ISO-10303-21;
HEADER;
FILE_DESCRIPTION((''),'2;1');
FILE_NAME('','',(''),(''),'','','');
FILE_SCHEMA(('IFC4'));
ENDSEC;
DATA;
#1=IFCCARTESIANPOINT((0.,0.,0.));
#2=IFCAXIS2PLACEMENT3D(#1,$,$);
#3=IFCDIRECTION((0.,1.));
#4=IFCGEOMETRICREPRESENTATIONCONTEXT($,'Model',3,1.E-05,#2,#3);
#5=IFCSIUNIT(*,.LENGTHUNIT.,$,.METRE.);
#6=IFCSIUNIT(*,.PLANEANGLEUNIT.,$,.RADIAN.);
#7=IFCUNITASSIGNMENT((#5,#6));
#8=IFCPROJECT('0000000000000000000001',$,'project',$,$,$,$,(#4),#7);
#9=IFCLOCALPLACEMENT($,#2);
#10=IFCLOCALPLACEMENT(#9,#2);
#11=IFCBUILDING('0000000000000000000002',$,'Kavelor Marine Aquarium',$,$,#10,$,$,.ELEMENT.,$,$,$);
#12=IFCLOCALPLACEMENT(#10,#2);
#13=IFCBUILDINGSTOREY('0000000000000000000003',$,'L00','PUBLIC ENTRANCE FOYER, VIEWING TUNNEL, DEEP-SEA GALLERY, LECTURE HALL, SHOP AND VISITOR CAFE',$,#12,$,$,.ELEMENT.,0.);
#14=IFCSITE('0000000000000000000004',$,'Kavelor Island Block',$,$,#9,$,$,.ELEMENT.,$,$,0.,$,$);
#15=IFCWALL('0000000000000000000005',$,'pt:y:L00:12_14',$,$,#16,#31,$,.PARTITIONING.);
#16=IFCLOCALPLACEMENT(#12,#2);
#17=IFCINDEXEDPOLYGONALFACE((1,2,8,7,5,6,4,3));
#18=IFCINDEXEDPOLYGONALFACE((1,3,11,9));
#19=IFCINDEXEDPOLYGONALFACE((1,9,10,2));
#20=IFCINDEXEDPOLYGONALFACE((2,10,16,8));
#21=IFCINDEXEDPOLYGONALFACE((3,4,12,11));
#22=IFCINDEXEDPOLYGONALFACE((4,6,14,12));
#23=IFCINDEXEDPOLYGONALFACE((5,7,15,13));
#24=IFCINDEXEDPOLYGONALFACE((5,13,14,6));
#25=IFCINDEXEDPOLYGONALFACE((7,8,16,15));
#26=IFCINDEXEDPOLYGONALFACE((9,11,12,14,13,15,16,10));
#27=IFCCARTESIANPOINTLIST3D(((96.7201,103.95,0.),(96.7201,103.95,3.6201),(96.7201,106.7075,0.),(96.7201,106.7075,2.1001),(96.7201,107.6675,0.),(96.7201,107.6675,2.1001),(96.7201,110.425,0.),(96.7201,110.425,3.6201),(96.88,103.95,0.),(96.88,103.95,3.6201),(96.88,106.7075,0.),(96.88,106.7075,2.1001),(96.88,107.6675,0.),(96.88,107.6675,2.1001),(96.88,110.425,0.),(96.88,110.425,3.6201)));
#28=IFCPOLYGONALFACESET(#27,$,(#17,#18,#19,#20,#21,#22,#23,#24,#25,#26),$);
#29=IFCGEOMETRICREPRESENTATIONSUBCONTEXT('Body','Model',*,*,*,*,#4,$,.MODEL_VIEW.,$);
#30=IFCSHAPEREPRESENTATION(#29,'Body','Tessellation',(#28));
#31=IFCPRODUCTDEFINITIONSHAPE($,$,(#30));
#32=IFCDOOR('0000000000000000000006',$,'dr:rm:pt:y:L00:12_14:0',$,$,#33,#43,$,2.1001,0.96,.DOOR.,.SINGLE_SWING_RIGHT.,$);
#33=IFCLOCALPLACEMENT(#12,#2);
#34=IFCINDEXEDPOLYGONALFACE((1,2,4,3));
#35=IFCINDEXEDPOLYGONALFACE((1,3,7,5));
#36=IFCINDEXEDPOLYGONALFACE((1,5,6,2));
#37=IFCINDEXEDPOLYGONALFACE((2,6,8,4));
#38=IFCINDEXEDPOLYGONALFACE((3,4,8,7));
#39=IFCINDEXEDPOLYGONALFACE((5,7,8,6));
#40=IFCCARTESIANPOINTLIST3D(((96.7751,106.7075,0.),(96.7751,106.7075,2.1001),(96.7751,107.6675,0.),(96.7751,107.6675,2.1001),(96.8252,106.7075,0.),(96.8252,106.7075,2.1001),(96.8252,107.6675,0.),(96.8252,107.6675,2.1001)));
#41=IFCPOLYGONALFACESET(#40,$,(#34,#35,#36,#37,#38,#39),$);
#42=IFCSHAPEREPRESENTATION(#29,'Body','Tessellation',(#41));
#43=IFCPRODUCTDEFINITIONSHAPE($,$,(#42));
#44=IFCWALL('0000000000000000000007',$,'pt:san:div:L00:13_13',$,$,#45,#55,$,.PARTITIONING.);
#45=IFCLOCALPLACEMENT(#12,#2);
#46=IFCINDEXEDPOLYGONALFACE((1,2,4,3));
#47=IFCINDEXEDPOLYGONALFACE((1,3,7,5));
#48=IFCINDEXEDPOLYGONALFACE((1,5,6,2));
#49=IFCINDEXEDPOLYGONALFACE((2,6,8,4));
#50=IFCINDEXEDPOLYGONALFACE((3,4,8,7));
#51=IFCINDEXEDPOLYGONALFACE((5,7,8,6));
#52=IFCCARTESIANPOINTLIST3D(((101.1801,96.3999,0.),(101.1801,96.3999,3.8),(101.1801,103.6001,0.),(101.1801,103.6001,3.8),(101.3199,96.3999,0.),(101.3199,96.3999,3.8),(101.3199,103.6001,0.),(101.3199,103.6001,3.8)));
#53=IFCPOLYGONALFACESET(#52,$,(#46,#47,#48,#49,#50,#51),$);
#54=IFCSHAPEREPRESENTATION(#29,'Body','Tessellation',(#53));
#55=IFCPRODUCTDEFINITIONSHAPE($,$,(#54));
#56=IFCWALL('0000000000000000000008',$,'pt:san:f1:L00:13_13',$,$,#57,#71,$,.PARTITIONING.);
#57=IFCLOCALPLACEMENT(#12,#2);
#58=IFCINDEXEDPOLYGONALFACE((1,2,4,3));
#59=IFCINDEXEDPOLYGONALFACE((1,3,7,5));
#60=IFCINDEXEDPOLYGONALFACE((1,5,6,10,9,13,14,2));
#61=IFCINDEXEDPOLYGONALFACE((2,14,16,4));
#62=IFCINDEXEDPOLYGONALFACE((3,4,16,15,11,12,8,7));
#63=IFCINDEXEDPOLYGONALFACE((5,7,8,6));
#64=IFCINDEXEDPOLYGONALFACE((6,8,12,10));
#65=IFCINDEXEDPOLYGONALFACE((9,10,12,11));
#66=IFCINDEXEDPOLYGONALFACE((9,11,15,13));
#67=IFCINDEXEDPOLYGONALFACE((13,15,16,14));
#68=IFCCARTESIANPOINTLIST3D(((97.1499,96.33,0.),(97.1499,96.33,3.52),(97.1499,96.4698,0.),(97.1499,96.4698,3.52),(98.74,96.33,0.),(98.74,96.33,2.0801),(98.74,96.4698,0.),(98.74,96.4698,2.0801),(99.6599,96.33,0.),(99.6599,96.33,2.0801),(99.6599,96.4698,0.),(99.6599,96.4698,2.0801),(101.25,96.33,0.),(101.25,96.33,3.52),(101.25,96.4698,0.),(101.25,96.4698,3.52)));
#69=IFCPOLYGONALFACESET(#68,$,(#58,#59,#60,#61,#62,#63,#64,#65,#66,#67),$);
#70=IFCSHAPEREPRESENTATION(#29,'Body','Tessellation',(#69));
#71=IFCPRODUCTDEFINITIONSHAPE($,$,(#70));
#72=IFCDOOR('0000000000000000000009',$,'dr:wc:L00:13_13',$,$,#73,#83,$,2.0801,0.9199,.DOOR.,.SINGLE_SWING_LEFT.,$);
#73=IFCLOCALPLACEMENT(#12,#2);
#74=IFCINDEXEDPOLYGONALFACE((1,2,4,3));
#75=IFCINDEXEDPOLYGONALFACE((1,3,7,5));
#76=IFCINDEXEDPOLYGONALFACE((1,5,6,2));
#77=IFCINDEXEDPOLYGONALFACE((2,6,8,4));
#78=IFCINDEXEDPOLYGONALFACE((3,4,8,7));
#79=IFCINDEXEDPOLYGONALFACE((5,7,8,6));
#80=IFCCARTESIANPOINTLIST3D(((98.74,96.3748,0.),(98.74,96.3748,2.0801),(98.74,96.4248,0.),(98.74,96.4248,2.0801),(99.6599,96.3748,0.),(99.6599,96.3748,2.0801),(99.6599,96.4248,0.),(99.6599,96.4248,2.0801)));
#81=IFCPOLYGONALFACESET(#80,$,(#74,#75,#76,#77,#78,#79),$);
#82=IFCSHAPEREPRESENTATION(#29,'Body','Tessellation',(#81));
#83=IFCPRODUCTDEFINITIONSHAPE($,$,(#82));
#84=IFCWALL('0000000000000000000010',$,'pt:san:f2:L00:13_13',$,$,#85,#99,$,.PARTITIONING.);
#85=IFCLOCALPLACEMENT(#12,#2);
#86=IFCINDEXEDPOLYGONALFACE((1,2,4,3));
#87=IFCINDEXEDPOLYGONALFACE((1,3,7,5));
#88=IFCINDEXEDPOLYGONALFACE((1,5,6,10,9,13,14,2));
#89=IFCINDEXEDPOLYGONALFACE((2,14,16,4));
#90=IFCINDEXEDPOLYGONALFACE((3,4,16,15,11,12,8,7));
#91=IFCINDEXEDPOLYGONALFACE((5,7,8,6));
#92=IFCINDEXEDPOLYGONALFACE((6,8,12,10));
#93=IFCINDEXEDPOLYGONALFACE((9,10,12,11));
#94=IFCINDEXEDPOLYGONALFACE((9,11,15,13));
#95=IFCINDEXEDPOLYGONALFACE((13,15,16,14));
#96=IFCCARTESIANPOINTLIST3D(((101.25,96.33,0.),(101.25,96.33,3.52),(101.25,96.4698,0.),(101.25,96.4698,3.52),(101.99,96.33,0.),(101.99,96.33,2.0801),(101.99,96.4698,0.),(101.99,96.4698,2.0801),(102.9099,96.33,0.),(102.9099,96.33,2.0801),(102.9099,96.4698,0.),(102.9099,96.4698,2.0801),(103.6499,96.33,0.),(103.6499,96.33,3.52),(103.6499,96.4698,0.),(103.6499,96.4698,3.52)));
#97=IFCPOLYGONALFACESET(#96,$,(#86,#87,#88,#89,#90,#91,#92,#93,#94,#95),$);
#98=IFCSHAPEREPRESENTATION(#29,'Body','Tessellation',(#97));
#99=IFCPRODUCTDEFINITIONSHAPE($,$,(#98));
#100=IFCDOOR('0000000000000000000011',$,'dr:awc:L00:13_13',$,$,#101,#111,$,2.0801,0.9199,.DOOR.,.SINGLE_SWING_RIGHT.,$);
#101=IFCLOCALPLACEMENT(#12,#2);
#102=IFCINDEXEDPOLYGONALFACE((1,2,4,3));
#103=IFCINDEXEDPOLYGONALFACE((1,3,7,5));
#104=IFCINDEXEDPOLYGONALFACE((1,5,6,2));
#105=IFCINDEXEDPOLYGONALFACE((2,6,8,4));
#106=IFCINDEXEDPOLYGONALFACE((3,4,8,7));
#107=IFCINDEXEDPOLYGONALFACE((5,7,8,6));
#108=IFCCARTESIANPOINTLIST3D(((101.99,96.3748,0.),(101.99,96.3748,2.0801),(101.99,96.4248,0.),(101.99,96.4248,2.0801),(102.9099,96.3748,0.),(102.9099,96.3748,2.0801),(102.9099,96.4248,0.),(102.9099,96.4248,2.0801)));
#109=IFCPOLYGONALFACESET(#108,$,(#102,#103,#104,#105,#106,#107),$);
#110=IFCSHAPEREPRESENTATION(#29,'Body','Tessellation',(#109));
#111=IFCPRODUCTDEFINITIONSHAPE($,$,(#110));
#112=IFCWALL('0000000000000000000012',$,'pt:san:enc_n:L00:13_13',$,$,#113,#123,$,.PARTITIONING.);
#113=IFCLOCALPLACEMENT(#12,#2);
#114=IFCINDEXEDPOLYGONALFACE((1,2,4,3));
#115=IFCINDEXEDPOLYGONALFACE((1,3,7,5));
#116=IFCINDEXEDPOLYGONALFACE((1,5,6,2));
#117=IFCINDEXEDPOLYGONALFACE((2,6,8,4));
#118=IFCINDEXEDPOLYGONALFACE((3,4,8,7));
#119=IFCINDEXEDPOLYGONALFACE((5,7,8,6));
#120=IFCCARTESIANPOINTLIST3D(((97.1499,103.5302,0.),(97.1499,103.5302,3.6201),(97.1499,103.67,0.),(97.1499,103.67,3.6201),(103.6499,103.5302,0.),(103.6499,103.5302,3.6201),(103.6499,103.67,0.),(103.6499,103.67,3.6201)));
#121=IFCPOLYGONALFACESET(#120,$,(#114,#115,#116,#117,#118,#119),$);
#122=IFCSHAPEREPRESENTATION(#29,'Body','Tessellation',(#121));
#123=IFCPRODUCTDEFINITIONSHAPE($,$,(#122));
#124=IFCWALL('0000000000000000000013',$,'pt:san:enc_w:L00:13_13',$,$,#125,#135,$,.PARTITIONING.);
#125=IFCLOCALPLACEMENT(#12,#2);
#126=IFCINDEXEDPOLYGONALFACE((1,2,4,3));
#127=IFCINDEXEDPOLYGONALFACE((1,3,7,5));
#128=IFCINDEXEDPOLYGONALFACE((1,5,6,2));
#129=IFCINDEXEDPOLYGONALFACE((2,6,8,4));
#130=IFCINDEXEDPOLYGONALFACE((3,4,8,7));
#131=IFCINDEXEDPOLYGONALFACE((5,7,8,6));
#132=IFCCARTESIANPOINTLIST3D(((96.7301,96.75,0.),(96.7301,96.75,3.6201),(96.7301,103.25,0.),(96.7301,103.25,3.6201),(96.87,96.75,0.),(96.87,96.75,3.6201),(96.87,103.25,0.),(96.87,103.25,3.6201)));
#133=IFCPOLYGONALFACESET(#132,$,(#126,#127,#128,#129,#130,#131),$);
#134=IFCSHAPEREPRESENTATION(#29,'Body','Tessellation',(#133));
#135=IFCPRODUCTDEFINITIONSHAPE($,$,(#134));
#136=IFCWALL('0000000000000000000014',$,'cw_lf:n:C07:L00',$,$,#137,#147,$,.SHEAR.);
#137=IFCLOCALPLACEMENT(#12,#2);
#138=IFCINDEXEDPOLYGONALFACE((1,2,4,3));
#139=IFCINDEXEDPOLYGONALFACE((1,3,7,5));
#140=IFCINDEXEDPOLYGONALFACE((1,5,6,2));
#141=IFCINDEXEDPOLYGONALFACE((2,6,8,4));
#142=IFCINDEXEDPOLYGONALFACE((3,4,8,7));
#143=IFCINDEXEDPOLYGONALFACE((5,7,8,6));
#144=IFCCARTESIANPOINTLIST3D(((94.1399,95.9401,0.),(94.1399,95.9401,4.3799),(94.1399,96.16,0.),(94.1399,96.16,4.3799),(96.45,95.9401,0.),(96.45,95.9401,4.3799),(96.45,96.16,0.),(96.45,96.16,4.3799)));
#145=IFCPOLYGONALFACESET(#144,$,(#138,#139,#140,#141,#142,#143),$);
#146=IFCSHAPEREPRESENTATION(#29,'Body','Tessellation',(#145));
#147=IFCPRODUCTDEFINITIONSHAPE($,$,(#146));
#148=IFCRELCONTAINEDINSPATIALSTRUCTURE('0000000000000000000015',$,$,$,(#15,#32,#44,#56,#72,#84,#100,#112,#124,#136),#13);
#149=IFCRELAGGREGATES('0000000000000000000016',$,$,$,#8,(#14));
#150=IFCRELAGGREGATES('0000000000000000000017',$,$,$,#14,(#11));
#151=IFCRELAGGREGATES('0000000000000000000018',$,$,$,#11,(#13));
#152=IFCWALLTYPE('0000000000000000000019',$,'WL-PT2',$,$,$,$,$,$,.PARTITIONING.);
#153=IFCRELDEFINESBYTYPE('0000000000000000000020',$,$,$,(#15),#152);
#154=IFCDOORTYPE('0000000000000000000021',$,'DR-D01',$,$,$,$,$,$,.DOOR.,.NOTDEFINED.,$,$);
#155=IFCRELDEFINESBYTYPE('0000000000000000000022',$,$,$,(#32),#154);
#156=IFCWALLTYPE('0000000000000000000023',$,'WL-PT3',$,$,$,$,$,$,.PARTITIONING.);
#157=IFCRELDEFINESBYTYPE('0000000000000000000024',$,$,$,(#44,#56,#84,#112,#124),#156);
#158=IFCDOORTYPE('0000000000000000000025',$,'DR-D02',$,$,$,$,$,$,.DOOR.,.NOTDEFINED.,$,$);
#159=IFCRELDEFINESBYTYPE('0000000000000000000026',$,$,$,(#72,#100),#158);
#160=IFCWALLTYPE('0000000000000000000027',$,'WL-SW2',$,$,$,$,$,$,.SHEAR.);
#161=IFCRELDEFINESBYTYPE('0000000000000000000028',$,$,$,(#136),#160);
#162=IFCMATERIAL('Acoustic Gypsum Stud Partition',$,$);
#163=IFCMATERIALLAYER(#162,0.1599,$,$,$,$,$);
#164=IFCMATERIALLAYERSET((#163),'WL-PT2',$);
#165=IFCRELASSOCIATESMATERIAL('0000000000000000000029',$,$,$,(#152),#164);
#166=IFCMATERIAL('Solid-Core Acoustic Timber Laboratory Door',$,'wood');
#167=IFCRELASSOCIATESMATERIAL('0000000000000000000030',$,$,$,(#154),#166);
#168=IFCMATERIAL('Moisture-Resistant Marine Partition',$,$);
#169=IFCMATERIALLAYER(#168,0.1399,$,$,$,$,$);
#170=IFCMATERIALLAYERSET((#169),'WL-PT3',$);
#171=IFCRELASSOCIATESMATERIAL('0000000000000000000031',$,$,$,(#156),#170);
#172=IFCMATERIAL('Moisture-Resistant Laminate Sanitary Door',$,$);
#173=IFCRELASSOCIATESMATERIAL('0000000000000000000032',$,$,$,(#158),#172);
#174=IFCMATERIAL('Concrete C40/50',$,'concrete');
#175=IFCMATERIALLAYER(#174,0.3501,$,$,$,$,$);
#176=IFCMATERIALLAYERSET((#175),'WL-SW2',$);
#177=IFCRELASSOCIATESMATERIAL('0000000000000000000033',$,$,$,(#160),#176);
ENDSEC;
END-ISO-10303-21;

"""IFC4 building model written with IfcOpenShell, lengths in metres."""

from ifc_helpers import new_model, si_unit, direction, frame, frame_2d, origin, place, context, subcontext, project, spatial, rectangle, extrude, material, layer, layer_set, type_object, element, fill, save


model = new_model("IFC4")

# Units and contexts
model_context = context("Model", 3, precision=1e-05, world=origin(), true_north=direction((0.0, 1.0)))
body_context = subcontext(model_context, "Body", "Model", "MODEL_VIEW")
ifc_project = project(units=[si_unit("LENGTHUNIT", "METRE"), si_unit("PLANEANGLEUNIT", "RADIAN")], contexts=[model_context])

# Site, building, storey
site_placement = place(None, origin())
site = spatial("IfcSite", under=ifc_project, at=site_placement, Name="Kavelor Island Block", CompositionType="ELEMENT", RefElevation=0.0)
building_placement = place(site_placement, origin())
building = spatial("IfcBuilding", under=site, at=building_placement, Name="Kavelor Marine Aquarium", CompositionType="ELEMENT")
storey_placement = place(building_placement, origin())
storey = spatial("IfcBuildingStorey", under=building, at=storey_placement, Name="L00", Description="PUBLIC ENTRANCE FOYER, VIEWING TUNNEL, DEEP-SEA GALLERY, LECTURE HALL, SHOP AND VISITOR CAFE", CompositionType="ELEMENT", Elevation=0.0)

# Wall, opening, door
ifc_material_1 = material(Name="Acoustic Gypsum Stud Partition")
ifc_layer_1 = layer(ifc_material_1, 0.1599)
ifc_layer_set_1 = layer_set([ifc_layer_1], Name="WL-PT2")
wall_type_1 = type_object("IfcWallType", Name="WL-PT2", PredefinedType="PARTITIONING", material=ifc_layer_set_1)
wall_1_placement = place(storey_placement, frame((96.8, 103.95, 0.0), z_axis=(0.0, 0.0, 1.0), x_axis=(0.0, 1.0, 0.0)))
wall_1 = element("IfcWall", 1, at=wall_1_placement, inside=storey, type_object=wall_type_1, Name="pt:y:L00:12_14", PredefinedType="PARTITIONING", context=body_context, shape_type="SweptSolid", body=[
    extrude(rectangle(XDim=6.4751, YDim=0.1599, at=frame_2d((3.2375, 0.0))), origin(), (0.0, 0.0, 1.0), 3.6201),
])
opening_1_placement = place(wall_1_placement, frame((2.7576, 0.0, 0.0)))
opening_1 = element("IfcOpeningElement", 2, at=opening_1_placement, cuts=wall_1, PredefinedType="OPENING", context=body_context, shape_type="SweptSolid", body=[
    extrude(rectangle(XDim=0.96, YDim=2.1001, at=frame_2d((0.48, 1.05))), frame((0.0, 0.0898, 0.0), z_axis=(0.0, -1.0, 0.0), x_axis=(1.0, 0.0, 0.0)), (0.0, 0.0, 1.0), 0.1799),
])
ifc_material_2 = material(Name="Solid-Core Acoustic Timber Laboratory Door", Category="wood")
door_type_1 = type_object("IfcDoorType", Name="DR-D01", OperationType="NOTDEFINED", PredefinedType="DOOR", material=ifc_material_2)
door_1_placement = place(opening_1_placement, origin())
door_1 = element("IfcDoor", 3, at=door_1_placement, inside=storey, type_object=door_type_1, Name="dr:rm:pt:y:L00:12_14:0", OperationType="SINGLE_SWING_RIGHT", OverallHeight=2.1001, OverallWidth=0.96, PredefinedType="DOOR", context=body_context, shape_type="SweptSolid", body=[
    extrude(rectangle(XDim=0.96, YDim=2.1001, at=frame_2d((0.48, 1.05))), frame((0.0, 0.0249, 0.0), z_axis=(0.0, -1.0, 0.0), x_axis=(1.0, 0.0, 0.0)), (0.0, 0.0, 1.0), 0.05),
])
fill(opening_1, door_1)

# Wall
ifc_material_3 = material(Name="Moisture-Resistant Marine Partition")
ifc_layer_2 = layer(ifc_material_3, 0.1399)
ifc_layer_set_2 = layer_set([ifc_layer_2], Name="WL-PT3")
wall_type_2 = type_object("IfcWallType", Name="WL-PT3", PredefinedType="PARTITIONING", material=ifc_layer_set_2)
wall_2_placement = place(storey_placement, frame((101.25, 96.3999, 0.0), z_axis=(0.0, 0.0, 1.0), x_axis=(0.0, 1.0, 0.0)))
element("IfcWall", 4, at=wall_2_placement, inside=storey, type_object=wall_type_2, Name="pt:san:div:L00:13_13", PredefinedType="PARTITIONING", context=body_context, shape_type="SweptSolid", body=[
    extrude(rectangle(XDim=7.2002, YDim=0.1399, at=frame_2d((3.6001, 0.0))), origin(), (0.0, 0.0, 1.0), 3.8),
])

# Walls, openings, doors
wall_3_placement = place(storey_placement, frame((97.1499, 96.3999, 0.0), z_axis=(0.0, 0.0, 1.0), x_axis=(1.0, 0.0, 0.0)))
wall_3 = element("IfcWall", 5, at=wall_3_placement, inside=storey, type_object=wall_type_2, Name="pt:san:f1:L00:13_13", PredefinedType="PARTITIONING", context=body_context, shape_type="SweptSolid", body=[
    extrude(rectangle(XDim=4.1001, YDim=0.1399, at=frame_2d((2.05, 0.0))), origin(), (0.0, 0.0, 1.0), 3.52),
])
opening_2_placement = place(wall_3_placement, frame((1.5901, 0.0, 0.0)))
opening_2 = element("IfcOpeningElement", 6, at=opening_2_placement, cuts=wall_3, PredefinedType="OPENING", context=body_context, shape_type="SweptSolid", body=[
    extrude(rectangle(XDim=0.9199, YDim=2.0801, at=frame_2d((0.46, 1.04))), frame((0.0, 0.0798, 0.0), z_axis=(0.0, -1.0, 0.0), x_axis=(1.0, 0.0, 0.0)), (0.0, 0.0, 1.0), 0.1599),
])
ifc_material_4 = material(Name="Moisture-Resistant Laminate Sanitary Door")
door_type_2 = type_object("IfcDoorType", Name="DR-D02", OperationType="NOTDEFINED", PredefinedType="DOOR", material=ifc_material_4)
door_2_placement = place(opening_2_placement, origin())
door_2 = element("IfcDoor", 7, at=door_2_placement, inside=storey, type_object=door_type_2, Name="dr:wc:L00:13_13", OperationType="SINGLE_SWING_LEFT", OverallHeight=2.0801, OverallWidth=0.9199, PredefinedType="DOOR", context=body_context, shape_type="SweptSolid", body=[
    extrude(rectangle(XDim=0.9199, YDim=2.0801, at=frame_2d((0.46, 1.04))), frame((0.0, 0.0249, 0.0), z_axis=(0.0, -1.0, 0.0), x_axis=(1.0, 0.0, 0.0)), (0.0, 0.0, 1.0), 0.05),
])
fill(opening_2, door_2)
wall_4_placement = place(storey_placement, frame((101.25, 96.3999, 0.0), z_axis=(0.0, 0.0, 1.0), x_axis=(1.0, 0.0, 0.0)))
wall_4 = element("IfcWall", 8, at=wall_4_placement, inside=storey, type_object=wall_type_2, Name="pt:san:f2:L00:13_13", PredefinedType="PARTITIONING", context=body_context, shape_type="SweptSolid", body=[
    extrude(rectangle(XDim=2.3999, YDim=0.1399, at=frame_2d((1.2, 0.0))), origin(), (0.0, 0.0, 1.0), 3.52),
])
opening_3_placement = place(wall_4_placement, frame((0.74, 0.0, 0.0)))
opening_3 = element("IfcOpeningElement", 9, at=opening_3_placement, cuts=wall_4, PredefinedType="OPENING", context=body_context, shape_type="SweptSolid", body=[
    extrude(rectangle(XDim=0.9199, YDim=2.0801, at=frame_2d((0.46, 1.04))), frame((0.0, 0.0798, 0.0), z_axis=(0.0, -1.0, 0.0), x_axis=(1.0, 0.0, 0.0)), (0.0, 0.0, 1.0), 0.1599),
])
door_3_placement = place(opening_3_placement, origin())
door_3 = element("IfcDoor", 10, at=door_3_placement, inside=storey, type_object=door_type_2, Name="dr:awc:L00:13_13", OperationType="SINGLE_SWING_RIGHT", OverallHeight=2.0801, OverallWidth=0.9199, PredefinedType="DOOR", context=body_context, shape_type="SweptSolid", body=[
    extrude(rectangle(XDim=0.9199, YDim=2.0801, at=frame_2d((0.46, 1.04))), frame((0.0, 0.0249, 0.0), z_axis=(0.0, -1.0, 0.0), x_axis=(1.0, 0.0, 0.0)), (0.0, 0.0, 1.0), 0.05),
])
fill(opening_3, door_3)

# Walls
for number, where, z_axis, x_axis, name in (
    (11, (97.1499, 103.6001, 0.0), (0.0, 0.0, 1.0), (1.0, 0.0, 0.0), "pt:san:enc_n:L00:13_13"),
    (12, (96.8, 96.75, 0.0), (0.0, 0.0, 1.0), (0.0, 1.0, 0.0), "pt:san:enc_w:L00:13_13"),
):
    element("IfcWall", number, at=place(storey_placement, frame(where, z_axis=z_axis, x_axis=x_axis)), inside=storey, type_object=wall_type_2, Name=name, PredefinedType="PARTITIONING", context=body_context, shape_type="SweptSolid", body=[
        extrude(rectangle(XDim=6.5, YDim=0.1399, at=frame_2d((3.25, 0.0))), origin(), (0.0, 0.0, 1.0), 3.6201),
    ])
ifc_material_5 = material(Name="Concrete C40/50", Category="concrete")
ifc_layer_3 = layer(ifc_material_5, 0.3501)
ifc_layer_set_3 = layer_set([ifc_layer_3], Name="WL-SW2")
wall_type_3 = type_object("IfcWallType", Name="WL-SW2", PredefinedType="SHEAR", material=ifc_layer_set_3)
wall_5_placement = place(storey_placement, frame((94.1399, 96.05, 0.0), z_axis=(0.0, 0.0, 1.0), x_axis=(1.0, 0.0, 0.0)))
element("IfcWall", 13, at=wall_5_placement, inside=storey, type_object=wall_type_3, Name="cw_lf:n:C07:L00", PredefinedType="SHEAR", context=body_context, shape_type="SweptSolid", body=[
    extrude(rectangle(XDim=2.3101, YDim=0.22, at=frame_2d((1.155, 0.0))), origin(), (0.0, 0.0, 1.0), 4.3799),
])

save(model, "model.ifc")
